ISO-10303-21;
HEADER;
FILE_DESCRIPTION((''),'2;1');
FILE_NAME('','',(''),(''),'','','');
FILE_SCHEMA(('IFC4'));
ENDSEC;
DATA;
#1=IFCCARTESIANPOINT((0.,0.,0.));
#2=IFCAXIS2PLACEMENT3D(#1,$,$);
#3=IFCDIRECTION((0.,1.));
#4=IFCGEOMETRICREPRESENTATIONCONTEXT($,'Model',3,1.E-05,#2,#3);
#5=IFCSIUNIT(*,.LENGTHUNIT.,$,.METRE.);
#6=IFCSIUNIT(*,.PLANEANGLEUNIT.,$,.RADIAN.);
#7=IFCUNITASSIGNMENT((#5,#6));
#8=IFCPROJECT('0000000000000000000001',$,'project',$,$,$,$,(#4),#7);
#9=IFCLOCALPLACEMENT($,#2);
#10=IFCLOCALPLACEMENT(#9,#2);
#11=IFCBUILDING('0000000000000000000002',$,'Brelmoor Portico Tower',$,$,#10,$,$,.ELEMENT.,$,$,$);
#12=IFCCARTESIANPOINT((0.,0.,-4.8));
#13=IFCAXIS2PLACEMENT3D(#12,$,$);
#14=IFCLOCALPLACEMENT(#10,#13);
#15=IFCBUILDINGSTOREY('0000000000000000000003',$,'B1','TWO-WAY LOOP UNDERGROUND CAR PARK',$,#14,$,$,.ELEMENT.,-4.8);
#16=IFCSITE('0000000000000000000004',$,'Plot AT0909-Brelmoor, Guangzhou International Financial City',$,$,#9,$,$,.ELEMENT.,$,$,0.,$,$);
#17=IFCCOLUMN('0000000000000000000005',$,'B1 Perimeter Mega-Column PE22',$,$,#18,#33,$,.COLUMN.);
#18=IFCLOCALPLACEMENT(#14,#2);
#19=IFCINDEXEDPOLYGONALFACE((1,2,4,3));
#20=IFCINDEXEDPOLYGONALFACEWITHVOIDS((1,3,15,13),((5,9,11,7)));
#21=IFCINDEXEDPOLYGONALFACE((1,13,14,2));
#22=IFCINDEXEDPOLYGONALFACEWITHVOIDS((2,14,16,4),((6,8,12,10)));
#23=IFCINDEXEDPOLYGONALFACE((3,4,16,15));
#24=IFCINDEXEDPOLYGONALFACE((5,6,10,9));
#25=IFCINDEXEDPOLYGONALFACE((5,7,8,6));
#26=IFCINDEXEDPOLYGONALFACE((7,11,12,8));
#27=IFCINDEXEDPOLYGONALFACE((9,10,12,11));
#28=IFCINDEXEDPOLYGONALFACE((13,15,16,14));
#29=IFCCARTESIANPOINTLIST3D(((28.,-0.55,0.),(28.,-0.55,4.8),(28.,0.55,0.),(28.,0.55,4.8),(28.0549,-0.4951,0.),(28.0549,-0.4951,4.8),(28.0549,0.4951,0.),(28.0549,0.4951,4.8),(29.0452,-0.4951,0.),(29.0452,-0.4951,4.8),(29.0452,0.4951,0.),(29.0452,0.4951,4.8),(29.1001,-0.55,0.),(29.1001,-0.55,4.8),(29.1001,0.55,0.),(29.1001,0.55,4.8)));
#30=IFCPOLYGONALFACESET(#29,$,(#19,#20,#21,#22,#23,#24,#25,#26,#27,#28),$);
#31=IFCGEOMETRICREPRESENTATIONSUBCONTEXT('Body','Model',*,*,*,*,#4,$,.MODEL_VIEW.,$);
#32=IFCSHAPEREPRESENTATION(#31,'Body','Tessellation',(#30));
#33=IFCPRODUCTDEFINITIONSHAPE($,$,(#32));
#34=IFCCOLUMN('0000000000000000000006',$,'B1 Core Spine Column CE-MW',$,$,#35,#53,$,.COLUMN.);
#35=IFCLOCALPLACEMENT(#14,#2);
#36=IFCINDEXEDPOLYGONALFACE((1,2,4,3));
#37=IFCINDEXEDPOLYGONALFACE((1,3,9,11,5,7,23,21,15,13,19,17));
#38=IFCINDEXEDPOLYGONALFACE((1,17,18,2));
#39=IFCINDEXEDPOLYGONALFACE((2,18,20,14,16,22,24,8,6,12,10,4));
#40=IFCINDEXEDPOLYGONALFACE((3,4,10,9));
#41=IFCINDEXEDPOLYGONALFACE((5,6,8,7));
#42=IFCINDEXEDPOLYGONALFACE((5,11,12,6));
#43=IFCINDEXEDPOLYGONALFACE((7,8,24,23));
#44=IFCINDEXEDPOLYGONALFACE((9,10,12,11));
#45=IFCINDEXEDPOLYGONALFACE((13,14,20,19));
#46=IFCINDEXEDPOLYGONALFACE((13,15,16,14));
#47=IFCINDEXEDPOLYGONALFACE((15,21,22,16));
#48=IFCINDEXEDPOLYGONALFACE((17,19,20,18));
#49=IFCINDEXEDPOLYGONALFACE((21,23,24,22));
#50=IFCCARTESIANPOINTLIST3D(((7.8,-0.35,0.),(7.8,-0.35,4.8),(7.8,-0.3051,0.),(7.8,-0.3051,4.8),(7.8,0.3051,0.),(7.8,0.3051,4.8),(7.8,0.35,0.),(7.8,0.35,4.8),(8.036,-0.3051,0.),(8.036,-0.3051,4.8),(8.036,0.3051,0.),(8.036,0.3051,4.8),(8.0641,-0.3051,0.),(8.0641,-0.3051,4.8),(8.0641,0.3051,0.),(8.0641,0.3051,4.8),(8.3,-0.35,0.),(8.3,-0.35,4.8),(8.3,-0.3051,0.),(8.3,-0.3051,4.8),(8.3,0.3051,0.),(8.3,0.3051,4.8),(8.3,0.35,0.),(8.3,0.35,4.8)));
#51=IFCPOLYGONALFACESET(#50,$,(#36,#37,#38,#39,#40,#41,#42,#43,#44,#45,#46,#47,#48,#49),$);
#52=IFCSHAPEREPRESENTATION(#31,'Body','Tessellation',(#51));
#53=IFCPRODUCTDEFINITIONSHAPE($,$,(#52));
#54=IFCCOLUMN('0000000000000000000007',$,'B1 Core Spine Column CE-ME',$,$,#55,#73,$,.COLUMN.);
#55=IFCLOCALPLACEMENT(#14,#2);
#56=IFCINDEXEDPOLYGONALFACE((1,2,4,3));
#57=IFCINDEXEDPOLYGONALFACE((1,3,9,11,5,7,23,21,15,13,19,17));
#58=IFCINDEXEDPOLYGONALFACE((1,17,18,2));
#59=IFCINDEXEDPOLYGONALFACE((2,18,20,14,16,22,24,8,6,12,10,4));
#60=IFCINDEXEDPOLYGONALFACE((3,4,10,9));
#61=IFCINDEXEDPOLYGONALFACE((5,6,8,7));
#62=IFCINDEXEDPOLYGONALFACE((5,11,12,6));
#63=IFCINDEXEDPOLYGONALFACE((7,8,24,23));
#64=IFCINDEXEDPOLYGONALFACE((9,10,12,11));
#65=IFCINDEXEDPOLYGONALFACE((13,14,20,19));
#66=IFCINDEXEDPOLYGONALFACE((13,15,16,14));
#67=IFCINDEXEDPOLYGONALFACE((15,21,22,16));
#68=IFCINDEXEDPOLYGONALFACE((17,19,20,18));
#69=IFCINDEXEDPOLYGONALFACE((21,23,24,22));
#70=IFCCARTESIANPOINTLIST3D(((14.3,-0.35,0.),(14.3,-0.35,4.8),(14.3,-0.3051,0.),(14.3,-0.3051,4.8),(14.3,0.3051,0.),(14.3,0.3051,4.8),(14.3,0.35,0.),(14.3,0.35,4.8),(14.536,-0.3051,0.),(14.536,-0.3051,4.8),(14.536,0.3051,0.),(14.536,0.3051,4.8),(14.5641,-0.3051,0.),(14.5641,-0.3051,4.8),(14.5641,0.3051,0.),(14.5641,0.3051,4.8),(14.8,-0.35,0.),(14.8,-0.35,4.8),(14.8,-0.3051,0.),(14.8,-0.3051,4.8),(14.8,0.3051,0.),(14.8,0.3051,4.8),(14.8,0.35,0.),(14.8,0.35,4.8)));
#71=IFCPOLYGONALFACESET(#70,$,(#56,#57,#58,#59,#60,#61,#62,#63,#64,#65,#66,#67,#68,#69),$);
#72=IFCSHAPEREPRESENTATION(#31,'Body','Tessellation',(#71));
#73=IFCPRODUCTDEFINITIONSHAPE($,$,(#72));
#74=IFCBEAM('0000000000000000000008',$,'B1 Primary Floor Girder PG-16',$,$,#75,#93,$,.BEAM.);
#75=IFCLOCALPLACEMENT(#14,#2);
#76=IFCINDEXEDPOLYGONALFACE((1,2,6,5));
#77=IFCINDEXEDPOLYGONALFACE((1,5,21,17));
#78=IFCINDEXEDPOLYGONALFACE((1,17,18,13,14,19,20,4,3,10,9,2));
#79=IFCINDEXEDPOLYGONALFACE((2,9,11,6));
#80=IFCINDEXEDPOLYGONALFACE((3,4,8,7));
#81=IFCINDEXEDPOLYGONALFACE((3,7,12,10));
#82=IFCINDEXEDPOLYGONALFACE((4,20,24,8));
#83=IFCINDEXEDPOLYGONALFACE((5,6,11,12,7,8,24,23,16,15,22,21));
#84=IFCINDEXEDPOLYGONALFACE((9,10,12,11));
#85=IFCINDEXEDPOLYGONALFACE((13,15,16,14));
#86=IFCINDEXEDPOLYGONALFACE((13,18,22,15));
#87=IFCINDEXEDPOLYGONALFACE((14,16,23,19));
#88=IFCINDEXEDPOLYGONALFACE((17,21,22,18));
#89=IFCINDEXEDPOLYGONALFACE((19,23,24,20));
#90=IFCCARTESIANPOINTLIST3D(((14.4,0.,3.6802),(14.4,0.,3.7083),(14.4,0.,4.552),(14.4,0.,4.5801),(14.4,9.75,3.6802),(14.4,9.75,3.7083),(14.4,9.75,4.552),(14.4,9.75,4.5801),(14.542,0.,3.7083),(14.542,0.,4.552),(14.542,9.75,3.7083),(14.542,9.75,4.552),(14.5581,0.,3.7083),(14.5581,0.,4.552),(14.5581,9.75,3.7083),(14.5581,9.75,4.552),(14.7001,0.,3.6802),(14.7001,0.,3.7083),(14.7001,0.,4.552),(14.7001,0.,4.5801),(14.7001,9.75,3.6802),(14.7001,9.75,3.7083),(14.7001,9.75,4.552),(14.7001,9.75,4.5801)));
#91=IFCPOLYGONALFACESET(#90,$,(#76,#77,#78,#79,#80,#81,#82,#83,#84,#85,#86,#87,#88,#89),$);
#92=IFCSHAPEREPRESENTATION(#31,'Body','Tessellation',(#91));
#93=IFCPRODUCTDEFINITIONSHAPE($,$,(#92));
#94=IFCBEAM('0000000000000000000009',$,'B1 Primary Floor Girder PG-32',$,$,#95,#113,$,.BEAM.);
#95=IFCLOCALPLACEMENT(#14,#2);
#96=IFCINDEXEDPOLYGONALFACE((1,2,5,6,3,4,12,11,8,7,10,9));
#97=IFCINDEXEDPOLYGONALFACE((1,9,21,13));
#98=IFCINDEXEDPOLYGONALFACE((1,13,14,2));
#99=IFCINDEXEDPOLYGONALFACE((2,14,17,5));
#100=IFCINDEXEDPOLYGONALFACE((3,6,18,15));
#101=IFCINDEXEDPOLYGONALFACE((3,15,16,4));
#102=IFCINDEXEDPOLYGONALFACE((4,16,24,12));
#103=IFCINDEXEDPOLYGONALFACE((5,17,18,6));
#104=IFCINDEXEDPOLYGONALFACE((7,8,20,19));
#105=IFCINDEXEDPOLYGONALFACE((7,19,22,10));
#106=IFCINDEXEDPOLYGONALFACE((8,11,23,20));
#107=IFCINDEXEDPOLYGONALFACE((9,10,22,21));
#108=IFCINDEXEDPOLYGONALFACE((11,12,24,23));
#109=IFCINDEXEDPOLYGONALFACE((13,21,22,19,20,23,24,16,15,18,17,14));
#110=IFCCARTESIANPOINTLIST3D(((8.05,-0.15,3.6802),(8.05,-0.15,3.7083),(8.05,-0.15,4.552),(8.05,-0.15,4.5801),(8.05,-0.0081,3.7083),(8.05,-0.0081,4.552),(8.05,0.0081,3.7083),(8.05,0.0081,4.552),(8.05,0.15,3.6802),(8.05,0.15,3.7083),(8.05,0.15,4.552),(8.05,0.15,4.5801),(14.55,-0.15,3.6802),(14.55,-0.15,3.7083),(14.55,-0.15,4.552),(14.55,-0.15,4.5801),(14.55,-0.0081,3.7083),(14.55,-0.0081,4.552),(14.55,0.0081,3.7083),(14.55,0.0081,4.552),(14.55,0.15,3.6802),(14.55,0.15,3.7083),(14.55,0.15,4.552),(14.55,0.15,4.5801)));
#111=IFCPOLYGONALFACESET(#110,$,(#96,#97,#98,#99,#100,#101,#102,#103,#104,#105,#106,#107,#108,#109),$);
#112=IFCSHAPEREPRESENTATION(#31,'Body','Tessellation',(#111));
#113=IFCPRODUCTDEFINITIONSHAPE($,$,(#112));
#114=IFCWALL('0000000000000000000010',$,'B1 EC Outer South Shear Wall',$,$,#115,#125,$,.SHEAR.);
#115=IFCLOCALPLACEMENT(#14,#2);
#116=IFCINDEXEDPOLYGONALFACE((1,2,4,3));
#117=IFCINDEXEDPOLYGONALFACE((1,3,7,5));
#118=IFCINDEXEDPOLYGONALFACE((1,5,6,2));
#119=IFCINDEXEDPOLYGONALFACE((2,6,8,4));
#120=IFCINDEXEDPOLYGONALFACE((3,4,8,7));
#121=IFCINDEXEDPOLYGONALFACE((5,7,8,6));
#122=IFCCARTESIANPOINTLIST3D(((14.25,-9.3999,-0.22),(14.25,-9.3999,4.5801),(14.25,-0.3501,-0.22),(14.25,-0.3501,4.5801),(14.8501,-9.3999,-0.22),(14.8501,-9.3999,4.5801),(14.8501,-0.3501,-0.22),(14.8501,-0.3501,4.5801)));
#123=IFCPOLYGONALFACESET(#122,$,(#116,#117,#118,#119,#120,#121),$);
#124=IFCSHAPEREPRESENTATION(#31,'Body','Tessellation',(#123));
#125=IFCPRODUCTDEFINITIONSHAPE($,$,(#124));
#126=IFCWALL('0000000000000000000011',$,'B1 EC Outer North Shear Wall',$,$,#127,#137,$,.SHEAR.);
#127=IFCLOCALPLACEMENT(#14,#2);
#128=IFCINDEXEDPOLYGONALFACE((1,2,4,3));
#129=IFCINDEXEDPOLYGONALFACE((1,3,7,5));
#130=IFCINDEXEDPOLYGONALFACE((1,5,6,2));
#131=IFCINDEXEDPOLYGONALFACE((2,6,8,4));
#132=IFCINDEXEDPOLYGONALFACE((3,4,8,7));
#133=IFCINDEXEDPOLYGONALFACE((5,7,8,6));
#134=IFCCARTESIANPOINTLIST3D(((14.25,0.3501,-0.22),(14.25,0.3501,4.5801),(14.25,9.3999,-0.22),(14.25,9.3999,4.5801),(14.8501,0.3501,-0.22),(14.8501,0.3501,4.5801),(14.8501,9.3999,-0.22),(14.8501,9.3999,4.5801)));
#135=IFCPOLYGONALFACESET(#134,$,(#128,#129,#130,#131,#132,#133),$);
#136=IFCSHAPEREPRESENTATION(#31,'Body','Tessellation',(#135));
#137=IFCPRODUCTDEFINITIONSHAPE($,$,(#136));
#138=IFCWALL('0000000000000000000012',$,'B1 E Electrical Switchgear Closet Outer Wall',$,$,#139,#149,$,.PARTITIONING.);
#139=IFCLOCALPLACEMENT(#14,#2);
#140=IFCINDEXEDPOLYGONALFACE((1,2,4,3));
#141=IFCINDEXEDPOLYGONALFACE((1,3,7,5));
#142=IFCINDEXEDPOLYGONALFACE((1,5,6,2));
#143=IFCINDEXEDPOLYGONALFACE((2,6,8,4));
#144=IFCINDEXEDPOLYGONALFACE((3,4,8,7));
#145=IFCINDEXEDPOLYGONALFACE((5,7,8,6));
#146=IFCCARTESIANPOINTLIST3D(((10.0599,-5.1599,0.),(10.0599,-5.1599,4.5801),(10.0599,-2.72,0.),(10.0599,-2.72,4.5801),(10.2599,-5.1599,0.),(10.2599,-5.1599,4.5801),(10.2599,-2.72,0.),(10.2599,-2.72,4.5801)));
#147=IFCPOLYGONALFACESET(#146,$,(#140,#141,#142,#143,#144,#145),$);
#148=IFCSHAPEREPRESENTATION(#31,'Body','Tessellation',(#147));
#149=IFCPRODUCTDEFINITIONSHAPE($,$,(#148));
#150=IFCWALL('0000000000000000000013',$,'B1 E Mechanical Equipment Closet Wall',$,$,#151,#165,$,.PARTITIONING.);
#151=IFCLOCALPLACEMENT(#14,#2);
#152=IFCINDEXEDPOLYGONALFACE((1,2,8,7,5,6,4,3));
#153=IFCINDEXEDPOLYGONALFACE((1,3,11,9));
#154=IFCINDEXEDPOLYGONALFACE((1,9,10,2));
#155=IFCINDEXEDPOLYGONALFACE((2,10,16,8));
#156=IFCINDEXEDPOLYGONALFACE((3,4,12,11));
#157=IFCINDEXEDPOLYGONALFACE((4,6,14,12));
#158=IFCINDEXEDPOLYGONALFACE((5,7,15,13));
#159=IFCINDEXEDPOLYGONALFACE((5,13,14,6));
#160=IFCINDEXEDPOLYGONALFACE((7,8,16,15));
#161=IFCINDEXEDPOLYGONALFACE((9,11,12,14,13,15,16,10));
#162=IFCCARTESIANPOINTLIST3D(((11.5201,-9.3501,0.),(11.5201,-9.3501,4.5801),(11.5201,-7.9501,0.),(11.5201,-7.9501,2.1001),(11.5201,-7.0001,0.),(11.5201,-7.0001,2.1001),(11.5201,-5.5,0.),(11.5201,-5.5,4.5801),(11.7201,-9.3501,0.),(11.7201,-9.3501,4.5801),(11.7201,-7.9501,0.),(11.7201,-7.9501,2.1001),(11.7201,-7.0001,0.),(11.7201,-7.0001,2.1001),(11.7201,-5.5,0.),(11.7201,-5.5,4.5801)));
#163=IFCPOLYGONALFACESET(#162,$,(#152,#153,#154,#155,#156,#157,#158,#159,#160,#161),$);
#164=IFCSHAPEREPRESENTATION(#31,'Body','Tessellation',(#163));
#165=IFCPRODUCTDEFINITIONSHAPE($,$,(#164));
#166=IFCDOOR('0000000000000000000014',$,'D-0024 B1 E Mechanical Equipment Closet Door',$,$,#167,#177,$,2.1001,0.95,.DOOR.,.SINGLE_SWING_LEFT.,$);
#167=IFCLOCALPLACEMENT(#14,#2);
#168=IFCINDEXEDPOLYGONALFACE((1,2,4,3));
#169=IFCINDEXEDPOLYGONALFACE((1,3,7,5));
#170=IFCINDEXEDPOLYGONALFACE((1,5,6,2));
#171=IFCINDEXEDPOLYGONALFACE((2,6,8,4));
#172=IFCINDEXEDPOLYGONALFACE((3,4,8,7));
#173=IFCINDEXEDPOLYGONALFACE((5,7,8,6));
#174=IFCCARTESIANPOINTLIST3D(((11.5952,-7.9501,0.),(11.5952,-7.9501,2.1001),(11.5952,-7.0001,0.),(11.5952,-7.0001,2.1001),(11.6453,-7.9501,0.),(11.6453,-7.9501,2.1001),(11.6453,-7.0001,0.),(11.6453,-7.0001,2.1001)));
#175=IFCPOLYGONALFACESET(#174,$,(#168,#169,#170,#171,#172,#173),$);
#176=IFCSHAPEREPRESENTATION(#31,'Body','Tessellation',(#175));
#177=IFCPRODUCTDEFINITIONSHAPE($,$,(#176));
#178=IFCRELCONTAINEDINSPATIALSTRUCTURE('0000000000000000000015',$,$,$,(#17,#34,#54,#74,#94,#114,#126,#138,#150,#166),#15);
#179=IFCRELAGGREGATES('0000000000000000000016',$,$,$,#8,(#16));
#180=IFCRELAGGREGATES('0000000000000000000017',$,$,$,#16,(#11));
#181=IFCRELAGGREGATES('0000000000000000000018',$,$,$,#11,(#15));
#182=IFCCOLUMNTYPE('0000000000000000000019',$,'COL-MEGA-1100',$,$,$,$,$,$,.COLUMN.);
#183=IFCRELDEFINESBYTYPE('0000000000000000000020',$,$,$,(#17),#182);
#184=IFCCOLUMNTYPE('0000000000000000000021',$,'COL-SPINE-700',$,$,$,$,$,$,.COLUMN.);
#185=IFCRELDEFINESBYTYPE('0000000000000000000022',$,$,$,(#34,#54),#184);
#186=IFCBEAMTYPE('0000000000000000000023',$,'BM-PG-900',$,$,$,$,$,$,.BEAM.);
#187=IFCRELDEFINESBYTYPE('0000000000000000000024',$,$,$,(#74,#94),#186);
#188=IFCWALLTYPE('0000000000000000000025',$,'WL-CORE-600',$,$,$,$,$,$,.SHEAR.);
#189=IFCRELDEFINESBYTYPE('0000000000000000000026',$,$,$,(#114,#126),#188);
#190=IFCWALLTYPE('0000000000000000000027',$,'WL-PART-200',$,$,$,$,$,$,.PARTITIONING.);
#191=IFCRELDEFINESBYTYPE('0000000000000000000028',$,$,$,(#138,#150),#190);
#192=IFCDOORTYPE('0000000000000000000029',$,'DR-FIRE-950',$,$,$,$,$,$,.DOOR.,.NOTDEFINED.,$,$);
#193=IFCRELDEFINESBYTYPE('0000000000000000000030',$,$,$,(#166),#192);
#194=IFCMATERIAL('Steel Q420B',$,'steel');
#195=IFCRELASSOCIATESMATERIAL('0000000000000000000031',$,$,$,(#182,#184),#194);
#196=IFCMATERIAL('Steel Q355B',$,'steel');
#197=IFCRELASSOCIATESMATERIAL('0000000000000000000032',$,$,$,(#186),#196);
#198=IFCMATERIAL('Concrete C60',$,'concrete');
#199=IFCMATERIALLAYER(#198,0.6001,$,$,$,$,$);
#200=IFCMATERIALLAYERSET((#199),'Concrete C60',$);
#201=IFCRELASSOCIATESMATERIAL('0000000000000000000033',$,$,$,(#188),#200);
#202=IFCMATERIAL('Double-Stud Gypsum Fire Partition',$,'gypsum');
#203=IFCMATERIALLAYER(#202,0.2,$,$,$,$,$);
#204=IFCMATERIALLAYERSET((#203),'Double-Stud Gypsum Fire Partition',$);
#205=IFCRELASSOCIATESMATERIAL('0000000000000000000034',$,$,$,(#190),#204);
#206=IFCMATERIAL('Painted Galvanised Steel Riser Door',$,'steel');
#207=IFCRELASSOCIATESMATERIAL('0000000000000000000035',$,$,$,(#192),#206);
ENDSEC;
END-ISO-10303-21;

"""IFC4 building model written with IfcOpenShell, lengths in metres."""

from ifc_helpers import new_model, si_unit, direction, frame, frame_2d, origin, origin_2d, place, context, subcontext, project, spatial, rectangle, hollow_rectangle, i_section, extrude, material, layer, layer_set, material_profile, profile_set, type_object, element, fill, save


model = new_model("IFC4")

# Units and contexts
model_context = context("Model", 3, precision=1e-05, world=origin(), true_north=direction((0.0, 1.0)))
body_context = subcontext(model_context, "Body", "Model", "MODEL_VIEW")
ifc_project = project(units=[si_unit("LENGTHUNIT", "METRE"), si_unit("PLANEANGLEUNIT", "RADIAN")], contexts=[model_context])

# Site, building, storey
site_placement = place(None, origin())
site = spatial("IfcSite", under=ifc_project, at=site_placement, Name="Plot AT0909-Brelmoor, Guangzhou International Financial City", CompositionType="ELEMENT", RefElevation=0.0)
building_placement = place(site_placement, origin())
building = spatial("IfcBuilding", under=site, at=building_placement, Name="Brelmoor Portico Tower", CompositionType="ELEMENT")
storey_placement = place(building_placement, frame((0.0, 0.0, -4.8)))
storey = spatial("IfcBuildingStorey", under=building, at=storey_placement, Name="B1", Description="TWO-WAY LOOP UNDERGROUND CAR PARK", CompositionType="ELEMENT", Elevation=-4.8)

# Columns
ifc_material_1 = material(Name="Steel Q420B", Category="steel")
ifc_material_profile_1 = material_profile(ifc_material_1, hollow_rectangle(XDim=1.1001, YDim=1.1001, WallThickness=0.0549, at=origin_2d()), Name="BOX 1100x1100x55")
ifc_profile_set_1 = profile_set([ifc_material_profile_1], Name="Steel Q420B")
column_type_1 = type_object("IfcColumnType", Name="COL-MEGA-1100", PredefinedType="COLUMN", material=ifc_profile_set_1)
column_placement = place(storey_placement, frame((28.55, 0.0, 0.0), z_axis=(0.0, 0.0, 1.0), x_axis=(0.0, 1.0, 0.0)))
element("IfcColumn", 1, at=column_placement, inside=storey, type_object=column_type_1, Name="B1 Perimeter Mega-Column PE22", PredefinedType="COLUMN", context=body_context, shape_type="SweptSolid", body=[
    extrude(hollow_rectangle(XDim=1.1001, YDim=1.1001, WallThickness=0.0549, at=origin_2d()), origin(), (0.0, 0.0, 1.0), 4.8),
])
ifc_material_profile_2 = material_profile(ifc_material_1, i_section(OverallWidth=0.5, OverallDepth=0.7, WebThickness=0.0281, FlangeThickness=0.0449, at=origin_2d()), Name="HW 700x500x28x45")
ifc_profile_set_2 = profile_set([ifc_material_profile_2], Name="Steel Q420B")
column_type_2 = type_object("IfcColumnType", Name="COL-SPINE-700", PredefinedType="COLUMN", material=ifc_profile_set_2)
for number, where, z_axis, x_axis, name in (
    (2, (8.05, 0.0, 0.0), (0.0, 0.0, 1.0), (1.0, 0.0, 0.0), "B1 Core Spine Column CE-MW"),
    (3, (14.55, 0.0, 0.0), (0.0, 0.0, 1.0), (1.0, 0.0, 0.0), "B1 Core Spine Column CE-ME"),
):
    element("IfcColumn", number, at=place(storey_placement, frame(where, z_axis=z_axis, x_axis=x_axis)), inside=storey, type_object=column_type_2, Name=name, PredefinedType="COLUMN", context=body_context, shape_type="SweptSolid", body=[
        extrude(i_section(OverallWidth=0.5, OverallDepth=0.7, WebThickness=0.0281, FlangeThickness=0.0449, at=origin_2d()), origin(), (0.0, 0.0, 1.0), 4.8),
    ])

# Beams
ifc_material_2 = material(Name="Steel Q355B", Category="steel")
ifc_material_profile_3 = material_profile(ifc_material_2, i_section(OverallWidth=0.3, OverallDepth=0.8999, WebThickness=0.0161, FlangeThickness=0.0281, at=origin_2d()), Name="HN 900x300x16x28")
ifc_profile_set_3 = profile_set([ifc_material_profile_3], Name="Steel Q355B")
beam_type = type_object("IfcBeamType", Name="BM-PG-900", PredefinedType="BEAM", material=ifc_profile_set_3)
beam_1_placement = place(storey_placement, frame((14.55, 0.0, 4.1301), z_axis=(0.0, 1.0, 0.0), x_axis=(-1.0, 0.0, 0.0)))
element("IfcBeam", 4, at=beam_1_placement, inside=storey, type_object=beam_type, Name="B1 Primary Floor Girder PG-16", PredefinedType="BEAM", context=body_context, shape_type="SweptSolid", body=[
    extrude(i_section(OverallWidth=0.3, OverallDepth=0.8999, WebThickness=0.0161, FlangeThickness=0.0281, at=origin_2d()), origin(), (0.0, 0.0, 1.0), 9.75),
])
beam_2_placement = place(storey_placement, frame((8.05, 0.0, 4.1301), z_axis=(1.0, 0.0, 0.0), x_axis=(0.0, 1.0, 0.0)))
element("IfcBeam", 5, at=beam_2_placement, inside=storey, type_object=beam_type, Name="B1 Primary Floor Girder PG-32", PredefinedType="BEAM", context=body_context, shape_type="SweptSolid", body=[
    extrude(i_section(OverallWidth=0.3, OverallDepth=0.8999, WebThickness=0.0161, FlangeThickness=0.0281, at=origin_2d()), origin(), (0.0, 0.0, 1.0), 6.5),
])

# Walls
ifc_material_3 = material(Name="Concrete C60", Category="concrete")
ifc_layer_1 = layer(ifc_material_3, 0.6001)
ifc_layer_set_1 = layer_set([ifc_layer_1], Name="Concrete C60")
wall_type_1 = type_object("IfcWallType", Name="WL-CORE-600", PredefinedType="SHEAR", material=ifc_layer_set_1)
for number, where, z_axis, x_axis, name in (
    (6, (14.55, -9.3999, -0.22), (0.0, 0.0, 1.0), (0.0, 1.0, 0.0), "B1 EC Outer South Shear Wall"),
    (7, (14.55, 0.3501, -0.22), (0.0, 0.0, 1.0), (0.0, 1.0, 0.0), "B1 EC Outer North Shear Wall"),
):
    element("IfcWall", number, at=place(storey_placement, frame(where, z_axis=z_axis, x_axis=x_axis)), inside=storey, type_object=wall_type_1, Name=name, PredefinedType="SHEAR", context=body_context, shape_type="SweptSolid", body=[
        extrude(rectangle(XDim=9.0498, YDim=0.6001, at=frame_2d((4.5249, 0.0))), origin(), (0.0, 0.0, 1.0), 4.8),
    ])

# Shared definitions
ifc_material_4 = material(Name="Double-Stud Gypsum Fire Partition", Category="gypsum")
ifc_layer_2 = layer(ifc_material_4, 0.2)
ifc_layer_set_2 = layer_set([ifc_layer_2], Name="Double-Stud Gypsum Fire Partition")
wall_type_2 = type_object("IfcWallType", Name="WL-PART-200", PredefinedType="PARTITIONING", material=ifc_layer_set_2)

# Wall
wall_1_placement = place(storey_placement, frame((10.1599, -5.1599, 0.0), z_axis=(0.0, 0.0, 1.0), x_axis=(0.0, 1.0, 0.0)))
element("IfcWall", 8, at=wall_1_placement, inside=storey, type_object=wall_type_2, Name="B1 E Electrical Switchgear Closet Outer Wall", PredefinedType="PARTITIONING", context=body_context, shape_type="SweptSolid", body=[
    extrude(rectangle(XDim=2.4399, YDim=0.2, at=frame_2d((1.22, 0.0))), origin(), (0.0, 0.0, 1.0), 4.5801),
])

# Wall, opening, door
wall_2_placement = place(storey_placement, frame((11.6201, -9.3501, 0.0), z_axis=(0.0, 0.0, 1.0), x_axis=(0.0, 1.0, 0.0)))
wall_2 = element("IfcWall", 9, at=wall_2_placement, inside=storey, type_object=wall_type_2, Name="B1 E Mechanical Equipment Closet Wall", PredefinedType="PARTITIONING", context=body_context, shape_type="SweptSolid", body=[
    extrude(rectangle(XDim=3.8501, YDim=0.2, at=frame_2d((1.925, 0.0))), origin(), (0.0, 0.0, 1.0), 4.5801),
])
opening_1_placement = place(wall_2_placement, frame((1.3999, 0.0, 0.0)))
opening_1 = element("IfcOpeningElement", 10, at=opening_1_placement, cuts=wall_2, PredefinedType="OPENING", context=body_context, shape_type="SweptSolid", body=[
    extrude(rectangle(XDim=0.95, YDim=2.1001, at=frame_2d((0.4751, 1.05))), frame((0.0, 0.1099, 0.0), z_axis=(0.0, -1.0, 0.0), x_axis=(1.0, 0.0, 0.0)), (0.0, 0.0, 1.0), 0.22),
])
ifc_material_5 = material(Name="Painted Galvanised Steel Riser Door", Category="steel")
door_type_1 = type_object("IfcDoorType", Name="DR-FIRE-950", OperationType="NOTDEFINED", PredefinedType="DOOR", material=ifc_material_5)
door_1_placement = place(opening_1_placement, origin())
door_1 = element("IfcDoor", 11, at=door_1_placement, inside=storey, type_object=door_type_1, Name="D-0024 B1 E Mechanical Equipment Closet Door", OperationType="SINGLE_SWING_LEFT", OverallHeight=2.1001, OverallWidth=0.95, PredefinedType="DOOR", context=body_context, shape_type="SweptSolid", body=[
    extrude(rectangle(XDim=0.95, YDim=2.1001, at=frame_2d((0.4751, 1.05))), frame((0.0, 0.0249, 0.0), z_axis=(0.0, -1.0, 0.0), x_axis=(1.0, 0.0, 0.0)), (0.0, 0.0, 1.0), 0.05),
])
fill(opening_1, door_1)

save(model, "model.ifc")
